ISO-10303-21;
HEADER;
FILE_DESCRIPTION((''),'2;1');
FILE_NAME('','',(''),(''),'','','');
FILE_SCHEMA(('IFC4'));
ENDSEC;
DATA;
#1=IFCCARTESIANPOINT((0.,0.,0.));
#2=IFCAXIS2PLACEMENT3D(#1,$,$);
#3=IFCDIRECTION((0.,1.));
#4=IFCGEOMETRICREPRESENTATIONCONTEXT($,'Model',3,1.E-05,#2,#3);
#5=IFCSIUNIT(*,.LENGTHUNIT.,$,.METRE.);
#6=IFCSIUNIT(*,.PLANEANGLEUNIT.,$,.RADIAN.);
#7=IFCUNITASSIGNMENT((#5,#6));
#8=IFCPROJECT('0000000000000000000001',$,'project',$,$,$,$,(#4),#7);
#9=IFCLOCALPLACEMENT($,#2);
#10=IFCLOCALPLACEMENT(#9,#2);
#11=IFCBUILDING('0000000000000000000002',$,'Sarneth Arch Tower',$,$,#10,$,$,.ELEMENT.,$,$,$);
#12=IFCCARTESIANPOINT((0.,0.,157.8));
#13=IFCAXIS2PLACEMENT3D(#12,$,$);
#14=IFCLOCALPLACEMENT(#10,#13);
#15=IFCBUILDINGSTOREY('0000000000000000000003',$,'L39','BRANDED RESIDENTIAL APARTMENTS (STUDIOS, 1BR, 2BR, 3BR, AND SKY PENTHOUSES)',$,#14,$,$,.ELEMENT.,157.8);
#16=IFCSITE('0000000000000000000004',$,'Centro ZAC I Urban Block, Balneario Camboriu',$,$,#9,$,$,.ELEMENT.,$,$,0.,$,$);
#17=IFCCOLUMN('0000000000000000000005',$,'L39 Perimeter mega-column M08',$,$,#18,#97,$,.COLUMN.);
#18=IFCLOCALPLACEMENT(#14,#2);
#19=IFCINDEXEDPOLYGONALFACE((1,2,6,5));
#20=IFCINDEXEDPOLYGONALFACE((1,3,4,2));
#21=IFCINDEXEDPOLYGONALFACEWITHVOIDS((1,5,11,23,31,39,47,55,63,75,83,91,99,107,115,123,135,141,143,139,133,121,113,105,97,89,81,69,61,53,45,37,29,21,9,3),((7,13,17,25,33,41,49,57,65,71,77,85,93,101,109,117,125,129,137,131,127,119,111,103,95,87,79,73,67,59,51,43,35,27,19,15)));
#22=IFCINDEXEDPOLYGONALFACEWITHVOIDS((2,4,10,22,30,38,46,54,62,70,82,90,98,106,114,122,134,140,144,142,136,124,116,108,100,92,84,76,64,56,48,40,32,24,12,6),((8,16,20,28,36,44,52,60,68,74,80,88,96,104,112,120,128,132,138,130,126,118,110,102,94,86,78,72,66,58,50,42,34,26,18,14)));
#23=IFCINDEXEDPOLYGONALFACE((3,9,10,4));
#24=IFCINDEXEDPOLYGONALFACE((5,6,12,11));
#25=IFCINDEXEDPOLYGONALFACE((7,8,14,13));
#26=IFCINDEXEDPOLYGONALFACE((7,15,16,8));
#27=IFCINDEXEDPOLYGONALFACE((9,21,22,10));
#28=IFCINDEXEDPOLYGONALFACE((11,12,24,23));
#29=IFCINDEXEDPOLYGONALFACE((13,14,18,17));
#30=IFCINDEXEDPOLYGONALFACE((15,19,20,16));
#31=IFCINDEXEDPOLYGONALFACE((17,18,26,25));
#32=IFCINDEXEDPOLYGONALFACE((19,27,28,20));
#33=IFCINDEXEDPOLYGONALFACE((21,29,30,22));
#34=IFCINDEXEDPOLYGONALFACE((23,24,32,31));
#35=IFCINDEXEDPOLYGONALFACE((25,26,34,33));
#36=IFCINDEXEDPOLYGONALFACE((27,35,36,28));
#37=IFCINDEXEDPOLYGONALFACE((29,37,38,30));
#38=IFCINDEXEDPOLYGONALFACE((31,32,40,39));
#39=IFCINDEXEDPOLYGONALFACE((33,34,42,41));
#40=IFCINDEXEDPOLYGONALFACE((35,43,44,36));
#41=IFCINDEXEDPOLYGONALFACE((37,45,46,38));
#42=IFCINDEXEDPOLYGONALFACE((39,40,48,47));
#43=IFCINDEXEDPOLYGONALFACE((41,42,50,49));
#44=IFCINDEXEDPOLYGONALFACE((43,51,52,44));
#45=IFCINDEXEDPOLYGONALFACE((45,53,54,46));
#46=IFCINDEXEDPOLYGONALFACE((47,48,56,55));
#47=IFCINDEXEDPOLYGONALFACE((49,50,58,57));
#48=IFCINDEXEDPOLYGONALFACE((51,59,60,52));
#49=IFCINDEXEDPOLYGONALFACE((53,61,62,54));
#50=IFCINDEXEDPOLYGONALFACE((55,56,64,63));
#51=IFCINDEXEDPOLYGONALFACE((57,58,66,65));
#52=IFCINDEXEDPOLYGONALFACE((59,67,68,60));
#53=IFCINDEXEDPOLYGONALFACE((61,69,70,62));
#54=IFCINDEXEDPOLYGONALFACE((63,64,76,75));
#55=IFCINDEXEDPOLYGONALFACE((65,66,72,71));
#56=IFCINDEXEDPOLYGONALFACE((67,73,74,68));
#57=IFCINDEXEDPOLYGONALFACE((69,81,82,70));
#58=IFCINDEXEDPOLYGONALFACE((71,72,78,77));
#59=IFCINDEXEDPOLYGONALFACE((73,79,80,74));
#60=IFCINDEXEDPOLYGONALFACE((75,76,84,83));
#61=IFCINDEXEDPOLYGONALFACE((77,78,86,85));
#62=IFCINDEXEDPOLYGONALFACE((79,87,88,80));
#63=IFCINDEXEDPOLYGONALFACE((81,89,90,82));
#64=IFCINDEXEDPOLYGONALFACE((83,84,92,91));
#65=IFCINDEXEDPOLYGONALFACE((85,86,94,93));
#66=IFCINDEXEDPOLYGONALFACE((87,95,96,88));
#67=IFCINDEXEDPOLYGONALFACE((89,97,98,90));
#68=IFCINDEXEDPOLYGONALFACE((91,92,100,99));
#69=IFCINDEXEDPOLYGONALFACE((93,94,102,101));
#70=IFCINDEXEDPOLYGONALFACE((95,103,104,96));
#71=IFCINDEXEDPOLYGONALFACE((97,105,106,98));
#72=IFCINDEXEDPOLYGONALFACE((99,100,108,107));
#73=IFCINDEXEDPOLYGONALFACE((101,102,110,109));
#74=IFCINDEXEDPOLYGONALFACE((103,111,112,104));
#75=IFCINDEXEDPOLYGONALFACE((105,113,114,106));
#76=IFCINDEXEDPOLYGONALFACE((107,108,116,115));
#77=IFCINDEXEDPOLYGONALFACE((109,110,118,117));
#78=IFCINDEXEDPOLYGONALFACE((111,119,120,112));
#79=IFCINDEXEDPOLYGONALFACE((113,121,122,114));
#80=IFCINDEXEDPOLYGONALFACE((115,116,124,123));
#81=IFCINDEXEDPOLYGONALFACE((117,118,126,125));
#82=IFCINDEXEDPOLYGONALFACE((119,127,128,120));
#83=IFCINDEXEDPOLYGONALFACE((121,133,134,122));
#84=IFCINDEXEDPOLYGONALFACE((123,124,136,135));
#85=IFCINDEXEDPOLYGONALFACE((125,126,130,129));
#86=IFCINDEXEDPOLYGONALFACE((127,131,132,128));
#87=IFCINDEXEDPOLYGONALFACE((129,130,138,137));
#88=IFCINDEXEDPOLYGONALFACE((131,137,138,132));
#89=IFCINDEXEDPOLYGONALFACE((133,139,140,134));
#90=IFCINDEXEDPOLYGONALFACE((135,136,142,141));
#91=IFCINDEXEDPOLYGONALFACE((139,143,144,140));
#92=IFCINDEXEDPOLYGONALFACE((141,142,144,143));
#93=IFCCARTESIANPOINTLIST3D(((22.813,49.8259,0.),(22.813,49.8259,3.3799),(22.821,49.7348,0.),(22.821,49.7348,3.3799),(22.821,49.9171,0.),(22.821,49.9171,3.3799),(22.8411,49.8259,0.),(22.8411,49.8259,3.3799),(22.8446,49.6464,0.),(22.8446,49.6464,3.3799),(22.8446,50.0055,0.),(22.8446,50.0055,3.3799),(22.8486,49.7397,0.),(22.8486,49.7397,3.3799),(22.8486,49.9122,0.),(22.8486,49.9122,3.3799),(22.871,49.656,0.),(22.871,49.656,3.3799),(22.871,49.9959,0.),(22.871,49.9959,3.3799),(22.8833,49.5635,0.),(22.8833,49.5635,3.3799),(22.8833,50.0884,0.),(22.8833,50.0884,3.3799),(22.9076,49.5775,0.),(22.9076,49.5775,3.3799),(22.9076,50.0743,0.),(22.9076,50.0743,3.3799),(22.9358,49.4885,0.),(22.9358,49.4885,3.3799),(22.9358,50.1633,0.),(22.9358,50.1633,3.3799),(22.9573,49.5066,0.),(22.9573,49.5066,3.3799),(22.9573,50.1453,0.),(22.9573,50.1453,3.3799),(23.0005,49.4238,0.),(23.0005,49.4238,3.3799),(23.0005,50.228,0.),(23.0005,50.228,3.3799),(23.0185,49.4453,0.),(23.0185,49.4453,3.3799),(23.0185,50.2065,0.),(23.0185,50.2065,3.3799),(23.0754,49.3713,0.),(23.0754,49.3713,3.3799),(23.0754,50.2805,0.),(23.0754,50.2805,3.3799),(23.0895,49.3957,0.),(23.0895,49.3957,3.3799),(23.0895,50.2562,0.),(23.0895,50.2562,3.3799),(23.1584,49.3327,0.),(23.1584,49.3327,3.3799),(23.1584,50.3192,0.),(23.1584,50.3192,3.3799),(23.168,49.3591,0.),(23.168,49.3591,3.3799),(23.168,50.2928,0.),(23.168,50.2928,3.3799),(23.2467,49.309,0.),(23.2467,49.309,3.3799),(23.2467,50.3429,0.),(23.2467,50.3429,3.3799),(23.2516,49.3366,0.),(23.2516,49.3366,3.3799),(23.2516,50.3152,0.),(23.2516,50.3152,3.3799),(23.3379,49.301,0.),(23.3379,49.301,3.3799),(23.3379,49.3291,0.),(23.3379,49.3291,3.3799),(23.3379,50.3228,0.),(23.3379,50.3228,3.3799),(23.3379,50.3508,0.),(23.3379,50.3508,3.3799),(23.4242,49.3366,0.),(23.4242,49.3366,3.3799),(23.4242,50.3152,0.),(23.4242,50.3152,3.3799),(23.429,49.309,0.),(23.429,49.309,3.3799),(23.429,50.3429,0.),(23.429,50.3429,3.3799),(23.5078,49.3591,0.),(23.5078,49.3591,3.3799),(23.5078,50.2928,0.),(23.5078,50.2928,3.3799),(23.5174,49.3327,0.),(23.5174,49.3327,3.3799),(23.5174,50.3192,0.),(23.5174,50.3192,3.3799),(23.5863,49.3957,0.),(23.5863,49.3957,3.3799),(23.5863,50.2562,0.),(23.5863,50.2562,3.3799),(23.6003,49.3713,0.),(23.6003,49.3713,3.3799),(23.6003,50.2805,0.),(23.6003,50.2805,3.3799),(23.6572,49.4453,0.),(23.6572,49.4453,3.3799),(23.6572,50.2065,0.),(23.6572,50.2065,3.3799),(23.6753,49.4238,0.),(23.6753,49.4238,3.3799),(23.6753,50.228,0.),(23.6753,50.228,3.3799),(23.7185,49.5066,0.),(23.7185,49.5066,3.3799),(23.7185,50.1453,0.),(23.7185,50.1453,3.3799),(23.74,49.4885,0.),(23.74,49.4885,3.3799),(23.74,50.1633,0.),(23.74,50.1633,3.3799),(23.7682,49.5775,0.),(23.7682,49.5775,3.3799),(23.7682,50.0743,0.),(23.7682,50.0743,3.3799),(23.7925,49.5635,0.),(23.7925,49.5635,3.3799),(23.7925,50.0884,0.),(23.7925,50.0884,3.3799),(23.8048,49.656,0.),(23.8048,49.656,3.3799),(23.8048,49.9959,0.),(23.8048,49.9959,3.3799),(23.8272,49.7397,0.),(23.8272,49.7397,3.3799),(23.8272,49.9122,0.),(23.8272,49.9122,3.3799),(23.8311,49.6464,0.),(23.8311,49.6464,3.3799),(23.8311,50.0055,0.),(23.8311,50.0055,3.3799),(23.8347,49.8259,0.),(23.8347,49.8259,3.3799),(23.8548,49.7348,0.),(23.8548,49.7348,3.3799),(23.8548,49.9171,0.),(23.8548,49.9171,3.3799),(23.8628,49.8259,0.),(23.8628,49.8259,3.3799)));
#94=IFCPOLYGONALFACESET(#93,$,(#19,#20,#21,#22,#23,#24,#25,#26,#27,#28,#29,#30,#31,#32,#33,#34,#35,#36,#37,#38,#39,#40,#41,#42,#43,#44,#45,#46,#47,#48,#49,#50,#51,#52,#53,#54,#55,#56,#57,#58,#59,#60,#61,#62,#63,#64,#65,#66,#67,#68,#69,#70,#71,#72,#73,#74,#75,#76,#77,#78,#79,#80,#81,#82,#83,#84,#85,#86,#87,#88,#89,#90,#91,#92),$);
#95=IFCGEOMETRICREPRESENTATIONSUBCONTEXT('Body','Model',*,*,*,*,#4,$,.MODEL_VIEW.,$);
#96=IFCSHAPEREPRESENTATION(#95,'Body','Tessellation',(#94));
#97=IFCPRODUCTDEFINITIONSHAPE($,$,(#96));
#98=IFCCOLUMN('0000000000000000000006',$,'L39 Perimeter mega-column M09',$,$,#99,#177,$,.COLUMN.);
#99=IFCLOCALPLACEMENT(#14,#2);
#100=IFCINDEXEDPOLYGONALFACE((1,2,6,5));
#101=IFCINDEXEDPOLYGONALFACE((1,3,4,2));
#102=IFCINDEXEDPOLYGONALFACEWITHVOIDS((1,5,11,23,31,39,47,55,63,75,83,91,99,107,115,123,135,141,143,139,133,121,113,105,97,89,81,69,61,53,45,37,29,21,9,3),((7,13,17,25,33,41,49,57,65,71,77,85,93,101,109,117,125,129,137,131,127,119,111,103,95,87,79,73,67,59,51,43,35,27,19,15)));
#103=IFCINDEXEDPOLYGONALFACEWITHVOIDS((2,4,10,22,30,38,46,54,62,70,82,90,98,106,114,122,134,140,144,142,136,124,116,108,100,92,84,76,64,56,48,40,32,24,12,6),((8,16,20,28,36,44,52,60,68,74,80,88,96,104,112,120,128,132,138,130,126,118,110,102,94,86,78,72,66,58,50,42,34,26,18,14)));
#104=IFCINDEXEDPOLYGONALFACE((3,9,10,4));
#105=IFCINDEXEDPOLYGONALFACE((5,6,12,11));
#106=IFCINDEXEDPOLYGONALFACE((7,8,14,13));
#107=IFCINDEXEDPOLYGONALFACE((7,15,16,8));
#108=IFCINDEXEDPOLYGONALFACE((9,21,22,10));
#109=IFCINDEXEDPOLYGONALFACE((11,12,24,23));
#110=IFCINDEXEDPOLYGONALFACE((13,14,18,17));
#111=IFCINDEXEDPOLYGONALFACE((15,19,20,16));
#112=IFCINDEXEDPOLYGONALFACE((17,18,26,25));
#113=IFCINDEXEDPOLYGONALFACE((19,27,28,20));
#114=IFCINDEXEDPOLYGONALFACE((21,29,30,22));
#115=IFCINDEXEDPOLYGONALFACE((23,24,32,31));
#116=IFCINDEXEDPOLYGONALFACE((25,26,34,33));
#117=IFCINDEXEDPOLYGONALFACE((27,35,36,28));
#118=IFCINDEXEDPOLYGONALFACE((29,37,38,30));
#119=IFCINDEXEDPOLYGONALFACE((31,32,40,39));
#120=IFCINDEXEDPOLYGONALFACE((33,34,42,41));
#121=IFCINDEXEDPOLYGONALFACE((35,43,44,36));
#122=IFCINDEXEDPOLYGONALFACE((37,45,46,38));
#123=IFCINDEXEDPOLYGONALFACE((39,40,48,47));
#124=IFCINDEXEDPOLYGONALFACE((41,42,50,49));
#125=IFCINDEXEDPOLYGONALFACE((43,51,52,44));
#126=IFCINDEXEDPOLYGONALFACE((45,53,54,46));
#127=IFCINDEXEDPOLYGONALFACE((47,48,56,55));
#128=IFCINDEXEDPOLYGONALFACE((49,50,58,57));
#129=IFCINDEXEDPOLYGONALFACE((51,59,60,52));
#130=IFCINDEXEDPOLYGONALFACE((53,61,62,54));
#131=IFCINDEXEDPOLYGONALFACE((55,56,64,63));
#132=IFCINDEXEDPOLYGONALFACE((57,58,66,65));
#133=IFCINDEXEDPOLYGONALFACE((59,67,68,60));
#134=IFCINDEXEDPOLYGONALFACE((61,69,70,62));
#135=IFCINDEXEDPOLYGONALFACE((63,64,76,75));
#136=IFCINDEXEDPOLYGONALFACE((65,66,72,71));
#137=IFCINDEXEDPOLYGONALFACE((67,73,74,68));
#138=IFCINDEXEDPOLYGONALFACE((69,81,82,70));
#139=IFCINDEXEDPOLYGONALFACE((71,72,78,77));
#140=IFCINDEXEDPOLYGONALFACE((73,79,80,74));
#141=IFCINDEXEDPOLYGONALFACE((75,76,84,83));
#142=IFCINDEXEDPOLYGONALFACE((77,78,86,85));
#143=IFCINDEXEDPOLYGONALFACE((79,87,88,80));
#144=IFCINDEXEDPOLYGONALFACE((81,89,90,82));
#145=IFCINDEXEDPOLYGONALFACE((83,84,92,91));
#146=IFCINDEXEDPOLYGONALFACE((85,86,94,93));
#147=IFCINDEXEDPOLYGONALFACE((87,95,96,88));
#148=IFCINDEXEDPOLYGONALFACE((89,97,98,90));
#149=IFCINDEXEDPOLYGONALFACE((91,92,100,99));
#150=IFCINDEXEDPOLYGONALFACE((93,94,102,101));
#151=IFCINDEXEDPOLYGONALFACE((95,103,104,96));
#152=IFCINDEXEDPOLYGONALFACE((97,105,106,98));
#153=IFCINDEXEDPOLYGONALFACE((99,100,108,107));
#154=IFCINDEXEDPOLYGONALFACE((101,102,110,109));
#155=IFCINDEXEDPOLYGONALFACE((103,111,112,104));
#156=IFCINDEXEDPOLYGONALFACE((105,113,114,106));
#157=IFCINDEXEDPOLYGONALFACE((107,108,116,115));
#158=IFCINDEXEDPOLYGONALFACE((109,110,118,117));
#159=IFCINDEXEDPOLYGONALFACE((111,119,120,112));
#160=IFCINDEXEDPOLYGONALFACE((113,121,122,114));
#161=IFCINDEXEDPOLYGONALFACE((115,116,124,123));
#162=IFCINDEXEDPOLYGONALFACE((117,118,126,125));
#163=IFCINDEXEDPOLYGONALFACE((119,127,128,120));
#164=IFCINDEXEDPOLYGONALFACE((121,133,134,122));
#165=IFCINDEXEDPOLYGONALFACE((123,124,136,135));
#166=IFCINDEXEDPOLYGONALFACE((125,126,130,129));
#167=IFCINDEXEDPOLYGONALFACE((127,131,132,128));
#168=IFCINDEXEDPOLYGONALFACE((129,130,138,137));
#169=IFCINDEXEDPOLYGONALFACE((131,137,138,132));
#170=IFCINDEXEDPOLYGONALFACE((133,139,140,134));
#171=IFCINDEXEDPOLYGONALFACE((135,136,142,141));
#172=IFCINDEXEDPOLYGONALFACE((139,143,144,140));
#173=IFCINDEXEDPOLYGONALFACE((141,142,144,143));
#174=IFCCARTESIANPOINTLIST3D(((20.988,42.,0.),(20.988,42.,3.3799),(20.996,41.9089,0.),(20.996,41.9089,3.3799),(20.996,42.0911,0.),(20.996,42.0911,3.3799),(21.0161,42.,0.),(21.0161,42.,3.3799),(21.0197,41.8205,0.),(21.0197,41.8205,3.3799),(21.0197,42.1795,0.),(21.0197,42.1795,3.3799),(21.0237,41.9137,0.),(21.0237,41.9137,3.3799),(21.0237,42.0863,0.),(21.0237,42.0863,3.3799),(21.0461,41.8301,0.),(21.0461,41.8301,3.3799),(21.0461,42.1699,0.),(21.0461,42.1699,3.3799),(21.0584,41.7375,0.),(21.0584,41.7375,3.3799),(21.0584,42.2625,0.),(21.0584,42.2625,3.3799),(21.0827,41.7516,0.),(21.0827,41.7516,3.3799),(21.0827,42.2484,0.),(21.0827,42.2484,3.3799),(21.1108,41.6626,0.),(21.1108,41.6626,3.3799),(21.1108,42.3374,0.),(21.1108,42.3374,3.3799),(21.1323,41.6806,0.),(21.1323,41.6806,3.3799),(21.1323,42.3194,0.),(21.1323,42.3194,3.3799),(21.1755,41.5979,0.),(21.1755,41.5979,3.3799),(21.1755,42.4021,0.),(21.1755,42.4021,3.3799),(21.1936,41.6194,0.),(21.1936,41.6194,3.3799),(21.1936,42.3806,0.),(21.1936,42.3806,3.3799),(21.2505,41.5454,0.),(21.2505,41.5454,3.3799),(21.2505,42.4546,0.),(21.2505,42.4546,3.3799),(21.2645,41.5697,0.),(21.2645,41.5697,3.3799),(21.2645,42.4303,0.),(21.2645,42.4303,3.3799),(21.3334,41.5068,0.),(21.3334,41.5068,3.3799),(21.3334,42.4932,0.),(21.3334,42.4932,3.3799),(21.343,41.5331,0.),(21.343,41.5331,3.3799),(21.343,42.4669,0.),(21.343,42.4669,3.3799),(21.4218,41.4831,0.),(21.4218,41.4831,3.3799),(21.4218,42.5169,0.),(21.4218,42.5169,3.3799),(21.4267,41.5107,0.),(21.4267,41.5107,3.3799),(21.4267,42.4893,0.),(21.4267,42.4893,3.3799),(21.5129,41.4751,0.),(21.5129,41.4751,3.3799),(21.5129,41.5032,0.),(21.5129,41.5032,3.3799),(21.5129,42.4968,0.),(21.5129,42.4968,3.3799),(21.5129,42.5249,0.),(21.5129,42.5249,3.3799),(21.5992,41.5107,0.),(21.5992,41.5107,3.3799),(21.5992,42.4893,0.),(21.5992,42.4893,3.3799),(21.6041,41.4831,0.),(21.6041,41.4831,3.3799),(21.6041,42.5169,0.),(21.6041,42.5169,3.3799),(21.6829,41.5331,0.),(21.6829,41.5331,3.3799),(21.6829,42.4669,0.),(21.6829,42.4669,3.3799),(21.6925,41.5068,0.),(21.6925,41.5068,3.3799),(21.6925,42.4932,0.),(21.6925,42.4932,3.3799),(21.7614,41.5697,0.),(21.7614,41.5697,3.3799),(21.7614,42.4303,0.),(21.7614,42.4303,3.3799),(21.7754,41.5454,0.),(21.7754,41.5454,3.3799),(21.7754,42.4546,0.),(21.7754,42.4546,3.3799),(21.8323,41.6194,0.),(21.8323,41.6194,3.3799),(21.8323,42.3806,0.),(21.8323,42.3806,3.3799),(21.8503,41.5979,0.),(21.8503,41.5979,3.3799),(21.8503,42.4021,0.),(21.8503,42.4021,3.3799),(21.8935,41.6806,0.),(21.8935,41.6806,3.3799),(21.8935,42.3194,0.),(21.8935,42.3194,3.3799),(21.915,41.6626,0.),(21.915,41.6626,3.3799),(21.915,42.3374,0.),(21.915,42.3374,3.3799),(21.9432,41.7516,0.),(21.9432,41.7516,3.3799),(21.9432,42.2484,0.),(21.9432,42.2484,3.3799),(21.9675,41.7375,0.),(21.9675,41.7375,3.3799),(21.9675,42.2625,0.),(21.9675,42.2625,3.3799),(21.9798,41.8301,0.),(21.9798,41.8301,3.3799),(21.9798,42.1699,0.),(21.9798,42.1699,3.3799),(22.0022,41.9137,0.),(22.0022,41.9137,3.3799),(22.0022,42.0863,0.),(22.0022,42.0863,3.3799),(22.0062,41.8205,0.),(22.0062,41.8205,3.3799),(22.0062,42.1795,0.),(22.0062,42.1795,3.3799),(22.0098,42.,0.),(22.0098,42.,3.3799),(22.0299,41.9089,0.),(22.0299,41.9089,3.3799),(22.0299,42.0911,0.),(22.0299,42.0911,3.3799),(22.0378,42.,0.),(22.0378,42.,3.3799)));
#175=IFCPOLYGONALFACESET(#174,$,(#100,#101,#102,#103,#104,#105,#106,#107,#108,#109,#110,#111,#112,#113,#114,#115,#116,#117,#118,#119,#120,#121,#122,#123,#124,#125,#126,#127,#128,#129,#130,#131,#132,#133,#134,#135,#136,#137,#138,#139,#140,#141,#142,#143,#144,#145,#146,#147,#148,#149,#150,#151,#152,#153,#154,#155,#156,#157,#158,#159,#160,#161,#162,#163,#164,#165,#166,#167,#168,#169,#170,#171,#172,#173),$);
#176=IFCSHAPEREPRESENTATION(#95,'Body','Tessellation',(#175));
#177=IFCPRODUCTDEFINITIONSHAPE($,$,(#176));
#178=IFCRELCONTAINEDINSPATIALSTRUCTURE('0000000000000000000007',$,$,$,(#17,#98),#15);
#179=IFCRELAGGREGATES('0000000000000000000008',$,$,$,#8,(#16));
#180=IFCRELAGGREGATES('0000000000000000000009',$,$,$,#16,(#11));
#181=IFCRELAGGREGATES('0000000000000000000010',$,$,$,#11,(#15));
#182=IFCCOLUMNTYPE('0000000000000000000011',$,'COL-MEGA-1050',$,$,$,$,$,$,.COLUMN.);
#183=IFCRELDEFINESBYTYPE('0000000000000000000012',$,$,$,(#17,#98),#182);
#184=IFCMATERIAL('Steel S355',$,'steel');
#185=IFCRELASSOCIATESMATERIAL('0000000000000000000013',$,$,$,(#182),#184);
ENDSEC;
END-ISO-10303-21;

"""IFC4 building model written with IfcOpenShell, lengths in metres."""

from ifc_helpers import new_model, si_unit, direction, frame, origin, origin_2d, place, context, subcontext, project, spatial, hollow_circle, extrude, material, material_profile, profile_set, type_object, element, save


model = new_model("IFC4")

# Units and contexts
model_context = context("Model", 3, precision=1e-05, world=origin(), true_north=direction((0.0, 1.0)))
body_context = subcontext(model_context, "Body", "Model", "MODEL_VIEW")
ifc_project = project(units=[si_unit("LENGTHUNIT", "METRE"), si_unit("PLANEANGLEUNIT", "RADIAN")], contexts=[model_context])

# Site, building, storey
site_placement = place(None, origin())
site = spatial("IfcSite", under=ifc_project, at=site_placement, Name="Centro ZAC I Urban Block, Balneario Camboriu", CompositionType="ELEMENT", RefElevation=0.0)
building_placement = place(site_placement, origin())
building = spatial("IfcBuilding", under=site, at=building_placement, Name="Sarneth Arch Tower", CompositionType="ELEMENT")
storey_placement = place(building_placement, frame((0.0, 0.0, 157.8)))
storey = spatial("IfcBuildingStorey", under=building, at=storey_placement, Name="L39", Description="BRANDED RESIDENTIAL APARTMENTS (STUDIOS, 1BR, 2BR, 3BR, AND SKY PENTHOUSES)", CompositionType="ELEMENT", Elevation=157.8)

# Columns
ifc_material_1 = material(Name="Steel S355", Category="steel")
ifc_material_profile_1 = material_profile(ifc_material_1, hollow_circle(Radius=0.5249, WallThickness=0.0281, at=origin_2d()), Name="CHS1050x28")
ifc_profile_set_1 = profile_set([ifc_material_profile_1], Name="Steel S355")
column_type = type_object("IfcColumnType", Name="COL-MEGA-1050", PredefinedType="COLUMN", material=ifc_profile_set_1)
for number, where, z_axis, x_axis, name in (
    (1, (23.3379, 49.8259, 0.0), (0.0, 0.0, 1.0), (1.0, 0.0, 0.0), "L39 Perimeter mega-column M08"),
    (2, (21.5129, 42.0, 0.0), (0.0, 0.0, 1.0), (1.0, 0.0, 0.0), "L39 Perimeter mega-column M09"),
):
    element("IfcColumn", number, at=place(storey_placement, frame(where, z_axis=z_axis, x_axis=x_axis)), inside=storey, type_object=column_type, Name=name, PredefinedType="COLUMN", context=body_context, shape_type="SweptSolid", body=[
        extrude(hollow_circle(Radius=0.5249, WallThickness=0.0281, at=origin_2d()), origin(), (0.0, 0.0, 1.0), 3.3799),
    ])

save(model, "model.ifc")
